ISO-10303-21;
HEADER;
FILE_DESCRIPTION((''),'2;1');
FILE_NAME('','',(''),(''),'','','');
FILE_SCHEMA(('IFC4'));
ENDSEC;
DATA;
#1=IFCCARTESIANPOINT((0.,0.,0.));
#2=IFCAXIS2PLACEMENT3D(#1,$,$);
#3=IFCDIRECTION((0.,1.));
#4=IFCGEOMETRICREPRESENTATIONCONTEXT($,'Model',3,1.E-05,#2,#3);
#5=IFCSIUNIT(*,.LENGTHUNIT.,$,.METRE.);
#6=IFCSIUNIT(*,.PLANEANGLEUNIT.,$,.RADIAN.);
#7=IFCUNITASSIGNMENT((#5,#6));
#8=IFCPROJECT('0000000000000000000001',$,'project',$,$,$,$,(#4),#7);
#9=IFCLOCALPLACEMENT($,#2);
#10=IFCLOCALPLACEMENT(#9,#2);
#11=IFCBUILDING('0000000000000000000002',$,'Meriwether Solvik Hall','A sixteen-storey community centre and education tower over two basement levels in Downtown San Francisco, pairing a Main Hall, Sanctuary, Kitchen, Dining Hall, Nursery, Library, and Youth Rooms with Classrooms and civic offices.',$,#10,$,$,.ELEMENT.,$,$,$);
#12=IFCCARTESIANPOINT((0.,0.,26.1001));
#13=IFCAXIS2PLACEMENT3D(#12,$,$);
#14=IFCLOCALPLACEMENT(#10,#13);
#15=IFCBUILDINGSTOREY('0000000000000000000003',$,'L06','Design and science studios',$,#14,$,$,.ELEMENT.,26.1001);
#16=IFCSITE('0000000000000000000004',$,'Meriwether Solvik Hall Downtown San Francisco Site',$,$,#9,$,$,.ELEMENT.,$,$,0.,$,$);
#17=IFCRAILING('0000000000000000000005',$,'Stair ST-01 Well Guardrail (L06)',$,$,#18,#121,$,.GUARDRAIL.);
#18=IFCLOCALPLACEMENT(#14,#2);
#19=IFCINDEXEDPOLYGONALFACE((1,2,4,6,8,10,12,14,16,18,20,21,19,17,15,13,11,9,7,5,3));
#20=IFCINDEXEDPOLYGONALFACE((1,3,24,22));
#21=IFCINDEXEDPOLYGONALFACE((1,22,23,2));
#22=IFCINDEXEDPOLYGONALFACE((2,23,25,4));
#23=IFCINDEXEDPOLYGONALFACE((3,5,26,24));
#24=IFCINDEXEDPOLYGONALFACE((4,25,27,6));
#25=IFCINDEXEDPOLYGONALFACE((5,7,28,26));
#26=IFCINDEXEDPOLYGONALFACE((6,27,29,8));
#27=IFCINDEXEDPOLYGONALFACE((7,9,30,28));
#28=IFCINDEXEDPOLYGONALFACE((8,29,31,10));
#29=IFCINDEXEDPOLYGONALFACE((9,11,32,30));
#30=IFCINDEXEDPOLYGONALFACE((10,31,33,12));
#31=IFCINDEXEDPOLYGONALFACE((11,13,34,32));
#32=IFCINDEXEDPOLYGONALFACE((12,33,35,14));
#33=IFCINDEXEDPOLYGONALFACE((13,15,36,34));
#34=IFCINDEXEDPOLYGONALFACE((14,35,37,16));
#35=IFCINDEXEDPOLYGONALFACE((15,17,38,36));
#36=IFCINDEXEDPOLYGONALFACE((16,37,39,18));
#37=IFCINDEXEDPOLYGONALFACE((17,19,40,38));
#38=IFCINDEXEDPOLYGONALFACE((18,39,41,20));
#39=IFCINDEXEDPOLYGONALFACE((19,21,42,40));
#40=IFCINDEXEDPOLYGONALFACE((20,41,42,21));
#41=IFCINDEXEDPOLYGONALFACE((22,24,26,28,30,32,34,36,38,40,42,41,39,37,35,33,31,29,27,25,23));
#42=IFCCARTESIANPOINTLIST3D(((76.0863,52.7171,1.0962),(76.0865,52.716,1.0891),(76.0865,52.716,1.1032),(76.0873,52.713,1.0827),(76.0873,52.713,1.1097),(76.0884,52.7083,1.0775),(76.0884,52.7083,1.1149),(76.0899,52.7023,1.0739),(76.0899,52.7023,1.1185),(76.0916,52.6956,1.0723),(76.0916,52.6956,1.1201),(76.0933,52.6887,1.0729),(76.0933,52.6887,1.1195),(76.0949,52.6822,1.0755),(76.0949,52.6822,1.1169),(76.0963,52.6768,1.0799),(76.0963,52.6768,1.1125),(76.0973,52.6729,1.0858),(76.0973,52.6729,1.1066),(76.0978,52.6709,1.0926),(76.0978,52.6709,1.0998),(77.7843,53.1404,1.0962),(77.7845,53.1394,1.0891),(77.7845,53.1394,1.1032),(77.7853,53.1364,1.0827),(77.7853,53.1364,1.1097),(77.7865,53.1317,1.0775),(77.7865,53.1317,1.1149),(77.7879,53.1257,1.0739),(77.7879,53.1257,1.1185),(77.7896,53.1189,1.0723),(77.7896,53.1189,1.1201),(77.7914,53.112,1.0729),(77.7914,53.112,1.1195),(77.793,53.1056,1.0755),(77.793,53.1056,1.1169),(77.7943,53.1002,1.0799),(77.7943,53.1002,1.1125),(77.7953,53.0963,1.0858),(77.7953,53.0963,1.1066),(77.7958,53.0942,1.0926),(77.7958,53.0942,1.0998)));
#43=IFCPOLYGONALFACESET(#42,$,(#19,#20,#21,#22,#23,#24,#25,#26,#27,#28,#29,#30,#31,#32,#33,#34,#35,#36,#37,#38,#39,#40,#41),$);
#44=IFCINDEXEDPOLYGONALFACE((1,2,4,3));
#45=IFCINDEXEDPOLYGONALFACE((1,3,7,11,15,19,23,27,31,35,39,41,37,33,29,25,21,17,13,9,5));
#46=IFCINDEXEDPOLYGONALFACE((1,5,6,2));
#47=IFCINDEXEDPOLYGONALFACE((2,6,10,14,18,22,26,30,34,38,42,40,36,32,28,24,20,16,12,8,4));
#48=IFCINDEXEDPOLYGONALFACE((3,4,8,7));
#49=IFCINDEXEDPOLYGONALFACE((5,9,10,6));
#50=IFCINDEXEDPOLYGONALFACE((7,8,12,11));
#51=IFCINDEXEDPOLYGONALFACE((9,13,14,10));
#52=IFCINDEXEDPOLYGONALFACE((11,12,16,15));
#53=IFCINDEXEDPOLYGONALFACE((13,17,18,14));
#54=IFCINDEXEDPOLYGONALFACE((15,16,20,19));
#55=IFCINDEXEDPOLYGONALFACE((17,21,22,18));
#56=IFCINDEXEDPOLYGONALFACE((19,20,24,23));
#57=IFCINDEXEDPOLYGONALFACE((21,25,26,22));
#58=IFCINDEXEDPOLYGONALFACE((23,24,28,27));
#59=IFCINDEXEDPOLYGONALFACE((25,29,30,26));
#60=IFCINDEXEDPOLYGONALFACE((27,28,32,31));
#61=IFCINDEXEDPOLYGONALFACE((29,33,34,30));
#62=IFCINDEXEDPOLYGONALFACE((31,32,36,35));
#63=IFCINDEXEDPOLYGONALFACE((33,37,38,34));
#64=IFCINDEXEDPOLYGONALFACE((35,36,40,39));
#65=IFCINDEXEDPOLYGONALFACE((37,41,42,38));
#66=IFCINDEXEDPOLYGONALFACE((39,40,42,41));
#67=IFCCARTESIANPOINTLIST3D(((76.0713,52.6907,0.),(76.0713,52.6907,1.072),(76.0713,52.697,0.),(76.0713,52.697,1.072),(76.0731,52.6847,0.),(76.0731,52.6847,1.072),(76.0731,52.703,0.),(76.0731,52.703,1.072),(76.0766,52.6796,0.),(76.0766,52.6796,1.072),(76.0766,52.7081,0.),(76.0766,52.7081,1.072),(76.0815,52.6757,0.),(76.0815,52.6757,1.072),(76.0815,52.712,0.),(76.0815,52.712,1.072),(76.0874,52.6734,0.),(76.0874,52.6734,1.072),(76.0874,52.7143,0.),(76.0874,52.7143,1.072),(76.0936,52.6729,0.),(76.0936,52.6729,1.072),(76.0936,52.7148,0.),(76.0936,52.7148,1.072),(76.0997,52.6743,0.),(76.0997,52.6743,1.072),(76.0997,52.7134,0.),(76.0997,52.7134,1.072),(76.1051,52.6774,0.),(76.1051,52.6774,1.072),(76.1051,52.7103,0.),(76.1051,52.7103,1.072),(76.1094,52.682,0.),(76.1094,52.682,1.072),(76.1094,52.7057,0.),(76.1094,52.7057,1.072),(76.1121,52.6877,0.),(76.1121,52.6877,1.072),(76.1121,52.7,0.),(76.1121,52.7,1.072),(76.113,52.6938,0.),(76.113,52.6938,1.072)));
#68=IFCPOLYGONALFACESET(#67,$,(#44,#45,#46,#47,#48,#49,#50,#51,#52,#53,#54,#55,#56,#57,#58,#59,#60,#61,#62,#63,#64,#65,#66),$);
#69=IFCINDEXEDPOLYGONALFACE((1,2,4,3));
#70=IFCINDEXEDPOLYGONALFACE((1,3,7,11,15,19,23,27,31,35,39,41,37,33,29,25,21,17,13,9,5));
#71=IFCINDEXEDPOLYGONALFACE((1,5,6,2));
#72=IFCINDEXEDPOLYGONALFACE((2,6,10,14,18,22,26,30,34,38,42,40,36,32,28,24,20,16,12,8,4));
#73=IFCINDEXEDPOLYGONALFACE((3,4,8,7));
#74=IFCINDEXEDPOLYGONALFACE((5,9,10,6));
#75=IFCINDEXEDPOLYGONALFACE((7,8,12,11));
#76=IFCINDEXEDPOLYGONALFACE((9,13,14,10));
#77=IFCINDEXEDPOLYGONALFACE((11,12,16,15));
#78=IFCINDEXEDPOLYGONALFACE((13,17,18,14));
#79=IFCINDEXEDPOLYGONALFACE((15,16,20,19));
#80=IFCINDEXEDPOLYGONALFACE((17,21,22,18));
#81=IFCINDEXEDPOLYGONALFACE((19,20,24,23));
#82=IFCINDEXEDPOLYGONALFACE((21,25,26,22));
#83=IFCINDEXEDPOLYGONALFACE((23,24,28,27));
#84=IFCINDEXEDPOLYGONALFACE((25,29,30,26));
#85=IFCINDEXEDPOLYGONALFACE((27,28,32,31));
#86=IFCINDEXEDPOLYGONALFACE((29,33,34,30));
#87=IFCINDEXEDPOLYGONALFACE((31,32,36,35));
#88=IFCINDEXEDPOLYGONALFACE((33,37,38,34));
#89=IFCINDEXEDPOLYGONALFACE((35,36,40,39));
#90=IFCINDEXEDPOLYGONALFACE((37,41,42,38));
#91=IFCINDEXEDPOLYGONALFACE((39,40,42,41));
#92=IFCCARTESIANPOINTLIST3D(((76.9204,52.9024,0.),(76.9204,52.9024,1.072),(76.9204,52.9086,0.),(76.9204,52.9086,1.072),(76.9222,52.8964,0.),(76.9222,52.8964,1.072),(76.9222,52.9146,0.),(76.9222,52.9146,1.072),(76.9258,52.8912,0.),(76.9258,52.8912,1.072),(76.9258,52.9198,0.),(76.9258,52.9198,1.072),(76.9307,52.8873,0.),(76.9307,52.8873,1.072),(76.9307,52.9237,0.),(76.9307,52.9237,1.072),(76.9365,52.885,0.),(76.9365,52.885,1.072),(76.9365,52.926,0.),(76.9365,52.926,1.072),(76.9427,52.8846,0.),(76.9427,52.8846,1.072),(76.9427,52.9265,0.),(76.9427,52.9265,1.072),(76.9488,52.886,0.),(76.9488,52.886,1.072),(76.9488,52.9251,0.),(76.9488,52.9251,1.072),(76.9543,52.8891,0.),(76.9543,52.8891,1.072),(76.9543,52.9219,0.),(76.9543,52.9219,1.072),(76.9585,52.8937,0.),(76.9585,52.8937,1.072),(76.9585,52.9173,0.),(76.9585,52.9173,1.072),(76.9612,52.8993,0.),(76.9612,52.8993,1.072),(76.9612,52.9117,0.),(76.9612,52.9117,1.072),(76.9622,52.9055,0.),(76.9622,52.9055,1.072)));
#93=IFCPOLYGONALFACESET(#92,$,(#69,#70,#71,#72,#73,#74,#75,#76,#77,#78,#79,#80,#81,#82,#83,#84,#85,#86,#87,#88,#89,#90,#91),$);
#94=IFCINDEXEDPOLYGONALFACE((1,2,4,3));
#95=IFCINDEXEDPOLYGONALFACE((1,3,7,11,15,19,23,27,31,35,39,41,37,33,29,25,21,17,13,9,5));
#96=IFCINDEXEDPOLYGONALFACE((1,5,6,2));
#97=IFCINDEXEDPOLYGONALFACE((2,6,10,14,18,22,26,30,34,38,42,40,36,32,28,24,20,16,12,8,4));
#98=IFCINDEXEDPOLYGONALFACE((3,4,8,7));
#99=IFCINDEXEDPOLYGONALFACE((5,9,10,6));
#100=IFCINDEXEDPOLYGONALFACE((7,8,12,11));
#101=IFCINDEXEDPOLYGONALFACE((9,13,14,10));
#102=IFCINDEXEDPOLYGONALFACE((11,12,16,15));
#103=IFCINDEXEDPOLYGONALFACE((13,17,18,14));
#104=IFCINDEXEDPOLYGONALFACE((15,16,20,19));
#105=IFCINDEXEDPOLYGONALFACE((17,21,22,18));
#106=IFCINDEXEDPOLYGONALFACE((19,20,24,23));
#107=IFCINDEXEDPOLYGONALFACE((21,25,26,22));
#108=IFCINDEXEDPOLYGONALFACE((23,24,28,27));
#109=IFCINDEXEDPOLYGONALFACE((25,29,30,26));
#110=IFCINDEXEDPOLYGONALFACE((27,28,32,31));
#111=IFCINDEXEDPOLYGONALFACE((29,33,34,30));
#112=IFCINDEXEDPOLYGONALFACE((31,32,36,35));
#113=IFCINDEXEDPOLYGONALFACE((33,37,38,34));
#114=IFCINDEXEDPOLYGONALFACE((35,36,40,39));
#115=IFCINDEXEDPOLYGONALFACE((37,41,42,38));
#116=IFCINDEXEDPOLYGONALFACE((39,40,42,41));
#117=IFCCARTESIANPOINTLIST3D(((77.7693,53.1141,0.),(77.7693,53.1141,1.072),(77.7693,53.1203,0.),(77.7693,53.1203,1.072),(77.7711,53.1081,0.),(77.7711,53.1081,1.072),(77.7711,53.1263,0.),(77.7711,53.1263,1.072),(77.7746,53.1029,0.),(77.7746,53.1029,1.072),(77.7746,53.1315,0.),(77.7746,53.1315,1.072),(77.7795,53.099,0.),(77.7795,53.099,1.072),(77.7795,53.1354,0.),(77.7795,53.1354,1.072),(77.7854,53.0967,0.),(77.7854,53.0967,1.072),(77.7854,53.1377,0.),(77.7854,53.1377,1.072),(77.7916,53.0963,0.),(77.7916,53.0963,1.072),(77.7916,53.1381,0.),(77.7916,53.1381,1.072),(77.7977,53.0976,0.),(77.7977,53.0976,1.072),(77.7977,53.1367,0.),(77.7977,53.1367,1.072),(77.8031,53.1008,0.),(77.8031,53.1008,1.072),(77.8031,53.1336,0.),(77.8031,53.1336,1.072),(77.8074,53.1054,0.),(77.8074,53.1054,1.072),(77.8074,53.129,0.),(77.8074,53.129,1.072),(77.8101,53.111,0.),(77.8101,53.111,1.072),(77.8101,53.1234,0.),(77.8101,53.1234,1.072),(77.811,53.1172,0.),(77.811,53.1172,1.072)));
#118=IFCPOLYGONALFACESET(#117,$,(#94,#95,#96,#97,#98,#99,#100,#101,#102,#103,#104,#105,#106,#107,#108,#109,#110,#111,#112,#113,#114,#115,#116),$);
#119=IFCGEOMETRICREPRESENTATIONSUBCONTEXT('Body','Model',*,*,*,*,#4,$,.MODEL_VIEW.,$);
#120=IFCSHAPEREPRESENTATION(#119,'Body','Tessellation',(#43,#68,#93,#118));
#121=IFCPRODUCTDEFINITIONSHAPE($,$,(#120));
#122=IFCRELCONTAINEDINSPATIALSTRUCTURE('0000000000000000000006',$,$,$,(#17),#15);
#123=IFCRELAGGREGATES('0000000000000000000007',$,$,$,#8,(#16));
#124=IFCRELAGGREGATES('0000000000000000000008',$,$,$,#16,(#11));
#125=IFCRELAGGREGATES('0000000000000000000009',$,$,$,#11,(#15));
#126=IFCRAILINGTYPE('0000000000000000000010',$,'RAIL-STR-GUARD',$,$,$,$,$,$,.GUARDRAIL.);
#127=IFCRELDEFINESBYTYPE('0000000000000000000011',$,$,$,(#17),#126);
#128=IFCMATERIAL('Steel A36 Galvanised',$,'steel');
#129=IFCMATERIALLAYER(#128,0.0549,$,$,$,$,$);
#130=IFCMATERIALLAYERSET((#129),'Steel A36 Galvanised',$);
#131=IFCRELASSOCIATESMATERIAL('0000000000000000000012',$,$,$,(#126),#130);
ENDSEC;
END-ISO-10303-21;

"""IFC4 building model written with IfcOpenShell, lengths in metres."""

from ifc_helpers import new_model, si_unit, direction, frame, origin, origin_2d, place, context, subcontext, project, spatial, circle, extrude, material, layer, layer_set, type_object, element, save


model = new_model("IFC4")

# Units and contexts
model_context = context("Model", 3, precision=1e-05, world=origin(), true_north=direction((0.0, 1.0)))
body_context = subcontext(model_context, "Body", "Model", "MODEL_VIEW")
ifc_project = project(units=[si_unit("LENGTHUNIT", "METRE"), si_unit("PLANEANGLEUNIT", "RADIAN")], contexts=[model_context])

# Site, building, storey
site_placement = place(None, origin())
site = spatial("IfcSite", under=ifc_project, at=site_placement, Name="Meriwether Solvik Hall Downtown San Francisco Site", CompositionType="ELEMENT", RefElevation=0.0)
building_placement = place(site_placement, origin())
building = spatial("IfcBuilding", under=site, at=building_placement, Name="Meriwether Solvik Hall", Description="A sixteen-storey community centre and education tower over two basement levels in Downtown San Francisco, pairing a Main Hall, Sanctuary, Kitchen, Dining Hall, Nursery, Library, and Youth Rooms with Classrooms and civic offices.", CompositionType="ELEMENT")
storey_placement = place(building_placement, frame((0.0, 0.0, 26.1001)))
storey = spatial("IfcBuildingStorey", under=building, at=storey_placement, Name="L06", Description="Design and science studios", CompositionType="ELEMENT", Elevation=26.1001)

# Railing
ifc_material_1 = material(Name="Steel A36 Galvanised", Category="steel")
ifc_layer_1 = layer(ifc_material_1, 0.0549)
ifc_layer_set_1 = layer_set([ifc_layer_1], Name="Steel A36 Galvanised")
railing_type_1 = type_object("IfcRailingType", Name="RAIL-STR-GUARD", PredefinedType="GUARDRAIL", material=ifc_layer_set_1)
railing_1_placement = place(storey_placement, frame((76.092, 52.6938, 0.0)))
element("IfcRailing", 1, at=railing_1_placement, inside=storey, type_object=railing_type_1, Name="Stair ST-01 Well Guardrail (L06)", PredefinedType="GUARDRAIL", context=body_context, shape_type="SweptSolid", body=[
    extrude(circle(Radius=0.0239, at=origin_2d()), frame((0.0, 0.0, 1.0962), z_axis=(0.970298, 0.241912, 0.0), x_axis=(-0.241912, 0.970298, 0.0)), (0.0, 0.0, 1.0), 1.75),
    extrude(circle(Radius=0.021, at=origin_2d()), origin(), (0.0, 0.0, 1.0), 1.072),
    extrude(circle(Radius=0.021, at=origin_2d()), frame((0.8491, 0.2117, 0.0)), (0.0, 0.0, 1.0), 1.072),
    extrude(circle(Radius=0.021, at=origin_2d()), frame((1.698, 0.4233, 0.0)), (0.0, 0.0, 1.0), 1.072),
])

save(model, "model.ifc")
